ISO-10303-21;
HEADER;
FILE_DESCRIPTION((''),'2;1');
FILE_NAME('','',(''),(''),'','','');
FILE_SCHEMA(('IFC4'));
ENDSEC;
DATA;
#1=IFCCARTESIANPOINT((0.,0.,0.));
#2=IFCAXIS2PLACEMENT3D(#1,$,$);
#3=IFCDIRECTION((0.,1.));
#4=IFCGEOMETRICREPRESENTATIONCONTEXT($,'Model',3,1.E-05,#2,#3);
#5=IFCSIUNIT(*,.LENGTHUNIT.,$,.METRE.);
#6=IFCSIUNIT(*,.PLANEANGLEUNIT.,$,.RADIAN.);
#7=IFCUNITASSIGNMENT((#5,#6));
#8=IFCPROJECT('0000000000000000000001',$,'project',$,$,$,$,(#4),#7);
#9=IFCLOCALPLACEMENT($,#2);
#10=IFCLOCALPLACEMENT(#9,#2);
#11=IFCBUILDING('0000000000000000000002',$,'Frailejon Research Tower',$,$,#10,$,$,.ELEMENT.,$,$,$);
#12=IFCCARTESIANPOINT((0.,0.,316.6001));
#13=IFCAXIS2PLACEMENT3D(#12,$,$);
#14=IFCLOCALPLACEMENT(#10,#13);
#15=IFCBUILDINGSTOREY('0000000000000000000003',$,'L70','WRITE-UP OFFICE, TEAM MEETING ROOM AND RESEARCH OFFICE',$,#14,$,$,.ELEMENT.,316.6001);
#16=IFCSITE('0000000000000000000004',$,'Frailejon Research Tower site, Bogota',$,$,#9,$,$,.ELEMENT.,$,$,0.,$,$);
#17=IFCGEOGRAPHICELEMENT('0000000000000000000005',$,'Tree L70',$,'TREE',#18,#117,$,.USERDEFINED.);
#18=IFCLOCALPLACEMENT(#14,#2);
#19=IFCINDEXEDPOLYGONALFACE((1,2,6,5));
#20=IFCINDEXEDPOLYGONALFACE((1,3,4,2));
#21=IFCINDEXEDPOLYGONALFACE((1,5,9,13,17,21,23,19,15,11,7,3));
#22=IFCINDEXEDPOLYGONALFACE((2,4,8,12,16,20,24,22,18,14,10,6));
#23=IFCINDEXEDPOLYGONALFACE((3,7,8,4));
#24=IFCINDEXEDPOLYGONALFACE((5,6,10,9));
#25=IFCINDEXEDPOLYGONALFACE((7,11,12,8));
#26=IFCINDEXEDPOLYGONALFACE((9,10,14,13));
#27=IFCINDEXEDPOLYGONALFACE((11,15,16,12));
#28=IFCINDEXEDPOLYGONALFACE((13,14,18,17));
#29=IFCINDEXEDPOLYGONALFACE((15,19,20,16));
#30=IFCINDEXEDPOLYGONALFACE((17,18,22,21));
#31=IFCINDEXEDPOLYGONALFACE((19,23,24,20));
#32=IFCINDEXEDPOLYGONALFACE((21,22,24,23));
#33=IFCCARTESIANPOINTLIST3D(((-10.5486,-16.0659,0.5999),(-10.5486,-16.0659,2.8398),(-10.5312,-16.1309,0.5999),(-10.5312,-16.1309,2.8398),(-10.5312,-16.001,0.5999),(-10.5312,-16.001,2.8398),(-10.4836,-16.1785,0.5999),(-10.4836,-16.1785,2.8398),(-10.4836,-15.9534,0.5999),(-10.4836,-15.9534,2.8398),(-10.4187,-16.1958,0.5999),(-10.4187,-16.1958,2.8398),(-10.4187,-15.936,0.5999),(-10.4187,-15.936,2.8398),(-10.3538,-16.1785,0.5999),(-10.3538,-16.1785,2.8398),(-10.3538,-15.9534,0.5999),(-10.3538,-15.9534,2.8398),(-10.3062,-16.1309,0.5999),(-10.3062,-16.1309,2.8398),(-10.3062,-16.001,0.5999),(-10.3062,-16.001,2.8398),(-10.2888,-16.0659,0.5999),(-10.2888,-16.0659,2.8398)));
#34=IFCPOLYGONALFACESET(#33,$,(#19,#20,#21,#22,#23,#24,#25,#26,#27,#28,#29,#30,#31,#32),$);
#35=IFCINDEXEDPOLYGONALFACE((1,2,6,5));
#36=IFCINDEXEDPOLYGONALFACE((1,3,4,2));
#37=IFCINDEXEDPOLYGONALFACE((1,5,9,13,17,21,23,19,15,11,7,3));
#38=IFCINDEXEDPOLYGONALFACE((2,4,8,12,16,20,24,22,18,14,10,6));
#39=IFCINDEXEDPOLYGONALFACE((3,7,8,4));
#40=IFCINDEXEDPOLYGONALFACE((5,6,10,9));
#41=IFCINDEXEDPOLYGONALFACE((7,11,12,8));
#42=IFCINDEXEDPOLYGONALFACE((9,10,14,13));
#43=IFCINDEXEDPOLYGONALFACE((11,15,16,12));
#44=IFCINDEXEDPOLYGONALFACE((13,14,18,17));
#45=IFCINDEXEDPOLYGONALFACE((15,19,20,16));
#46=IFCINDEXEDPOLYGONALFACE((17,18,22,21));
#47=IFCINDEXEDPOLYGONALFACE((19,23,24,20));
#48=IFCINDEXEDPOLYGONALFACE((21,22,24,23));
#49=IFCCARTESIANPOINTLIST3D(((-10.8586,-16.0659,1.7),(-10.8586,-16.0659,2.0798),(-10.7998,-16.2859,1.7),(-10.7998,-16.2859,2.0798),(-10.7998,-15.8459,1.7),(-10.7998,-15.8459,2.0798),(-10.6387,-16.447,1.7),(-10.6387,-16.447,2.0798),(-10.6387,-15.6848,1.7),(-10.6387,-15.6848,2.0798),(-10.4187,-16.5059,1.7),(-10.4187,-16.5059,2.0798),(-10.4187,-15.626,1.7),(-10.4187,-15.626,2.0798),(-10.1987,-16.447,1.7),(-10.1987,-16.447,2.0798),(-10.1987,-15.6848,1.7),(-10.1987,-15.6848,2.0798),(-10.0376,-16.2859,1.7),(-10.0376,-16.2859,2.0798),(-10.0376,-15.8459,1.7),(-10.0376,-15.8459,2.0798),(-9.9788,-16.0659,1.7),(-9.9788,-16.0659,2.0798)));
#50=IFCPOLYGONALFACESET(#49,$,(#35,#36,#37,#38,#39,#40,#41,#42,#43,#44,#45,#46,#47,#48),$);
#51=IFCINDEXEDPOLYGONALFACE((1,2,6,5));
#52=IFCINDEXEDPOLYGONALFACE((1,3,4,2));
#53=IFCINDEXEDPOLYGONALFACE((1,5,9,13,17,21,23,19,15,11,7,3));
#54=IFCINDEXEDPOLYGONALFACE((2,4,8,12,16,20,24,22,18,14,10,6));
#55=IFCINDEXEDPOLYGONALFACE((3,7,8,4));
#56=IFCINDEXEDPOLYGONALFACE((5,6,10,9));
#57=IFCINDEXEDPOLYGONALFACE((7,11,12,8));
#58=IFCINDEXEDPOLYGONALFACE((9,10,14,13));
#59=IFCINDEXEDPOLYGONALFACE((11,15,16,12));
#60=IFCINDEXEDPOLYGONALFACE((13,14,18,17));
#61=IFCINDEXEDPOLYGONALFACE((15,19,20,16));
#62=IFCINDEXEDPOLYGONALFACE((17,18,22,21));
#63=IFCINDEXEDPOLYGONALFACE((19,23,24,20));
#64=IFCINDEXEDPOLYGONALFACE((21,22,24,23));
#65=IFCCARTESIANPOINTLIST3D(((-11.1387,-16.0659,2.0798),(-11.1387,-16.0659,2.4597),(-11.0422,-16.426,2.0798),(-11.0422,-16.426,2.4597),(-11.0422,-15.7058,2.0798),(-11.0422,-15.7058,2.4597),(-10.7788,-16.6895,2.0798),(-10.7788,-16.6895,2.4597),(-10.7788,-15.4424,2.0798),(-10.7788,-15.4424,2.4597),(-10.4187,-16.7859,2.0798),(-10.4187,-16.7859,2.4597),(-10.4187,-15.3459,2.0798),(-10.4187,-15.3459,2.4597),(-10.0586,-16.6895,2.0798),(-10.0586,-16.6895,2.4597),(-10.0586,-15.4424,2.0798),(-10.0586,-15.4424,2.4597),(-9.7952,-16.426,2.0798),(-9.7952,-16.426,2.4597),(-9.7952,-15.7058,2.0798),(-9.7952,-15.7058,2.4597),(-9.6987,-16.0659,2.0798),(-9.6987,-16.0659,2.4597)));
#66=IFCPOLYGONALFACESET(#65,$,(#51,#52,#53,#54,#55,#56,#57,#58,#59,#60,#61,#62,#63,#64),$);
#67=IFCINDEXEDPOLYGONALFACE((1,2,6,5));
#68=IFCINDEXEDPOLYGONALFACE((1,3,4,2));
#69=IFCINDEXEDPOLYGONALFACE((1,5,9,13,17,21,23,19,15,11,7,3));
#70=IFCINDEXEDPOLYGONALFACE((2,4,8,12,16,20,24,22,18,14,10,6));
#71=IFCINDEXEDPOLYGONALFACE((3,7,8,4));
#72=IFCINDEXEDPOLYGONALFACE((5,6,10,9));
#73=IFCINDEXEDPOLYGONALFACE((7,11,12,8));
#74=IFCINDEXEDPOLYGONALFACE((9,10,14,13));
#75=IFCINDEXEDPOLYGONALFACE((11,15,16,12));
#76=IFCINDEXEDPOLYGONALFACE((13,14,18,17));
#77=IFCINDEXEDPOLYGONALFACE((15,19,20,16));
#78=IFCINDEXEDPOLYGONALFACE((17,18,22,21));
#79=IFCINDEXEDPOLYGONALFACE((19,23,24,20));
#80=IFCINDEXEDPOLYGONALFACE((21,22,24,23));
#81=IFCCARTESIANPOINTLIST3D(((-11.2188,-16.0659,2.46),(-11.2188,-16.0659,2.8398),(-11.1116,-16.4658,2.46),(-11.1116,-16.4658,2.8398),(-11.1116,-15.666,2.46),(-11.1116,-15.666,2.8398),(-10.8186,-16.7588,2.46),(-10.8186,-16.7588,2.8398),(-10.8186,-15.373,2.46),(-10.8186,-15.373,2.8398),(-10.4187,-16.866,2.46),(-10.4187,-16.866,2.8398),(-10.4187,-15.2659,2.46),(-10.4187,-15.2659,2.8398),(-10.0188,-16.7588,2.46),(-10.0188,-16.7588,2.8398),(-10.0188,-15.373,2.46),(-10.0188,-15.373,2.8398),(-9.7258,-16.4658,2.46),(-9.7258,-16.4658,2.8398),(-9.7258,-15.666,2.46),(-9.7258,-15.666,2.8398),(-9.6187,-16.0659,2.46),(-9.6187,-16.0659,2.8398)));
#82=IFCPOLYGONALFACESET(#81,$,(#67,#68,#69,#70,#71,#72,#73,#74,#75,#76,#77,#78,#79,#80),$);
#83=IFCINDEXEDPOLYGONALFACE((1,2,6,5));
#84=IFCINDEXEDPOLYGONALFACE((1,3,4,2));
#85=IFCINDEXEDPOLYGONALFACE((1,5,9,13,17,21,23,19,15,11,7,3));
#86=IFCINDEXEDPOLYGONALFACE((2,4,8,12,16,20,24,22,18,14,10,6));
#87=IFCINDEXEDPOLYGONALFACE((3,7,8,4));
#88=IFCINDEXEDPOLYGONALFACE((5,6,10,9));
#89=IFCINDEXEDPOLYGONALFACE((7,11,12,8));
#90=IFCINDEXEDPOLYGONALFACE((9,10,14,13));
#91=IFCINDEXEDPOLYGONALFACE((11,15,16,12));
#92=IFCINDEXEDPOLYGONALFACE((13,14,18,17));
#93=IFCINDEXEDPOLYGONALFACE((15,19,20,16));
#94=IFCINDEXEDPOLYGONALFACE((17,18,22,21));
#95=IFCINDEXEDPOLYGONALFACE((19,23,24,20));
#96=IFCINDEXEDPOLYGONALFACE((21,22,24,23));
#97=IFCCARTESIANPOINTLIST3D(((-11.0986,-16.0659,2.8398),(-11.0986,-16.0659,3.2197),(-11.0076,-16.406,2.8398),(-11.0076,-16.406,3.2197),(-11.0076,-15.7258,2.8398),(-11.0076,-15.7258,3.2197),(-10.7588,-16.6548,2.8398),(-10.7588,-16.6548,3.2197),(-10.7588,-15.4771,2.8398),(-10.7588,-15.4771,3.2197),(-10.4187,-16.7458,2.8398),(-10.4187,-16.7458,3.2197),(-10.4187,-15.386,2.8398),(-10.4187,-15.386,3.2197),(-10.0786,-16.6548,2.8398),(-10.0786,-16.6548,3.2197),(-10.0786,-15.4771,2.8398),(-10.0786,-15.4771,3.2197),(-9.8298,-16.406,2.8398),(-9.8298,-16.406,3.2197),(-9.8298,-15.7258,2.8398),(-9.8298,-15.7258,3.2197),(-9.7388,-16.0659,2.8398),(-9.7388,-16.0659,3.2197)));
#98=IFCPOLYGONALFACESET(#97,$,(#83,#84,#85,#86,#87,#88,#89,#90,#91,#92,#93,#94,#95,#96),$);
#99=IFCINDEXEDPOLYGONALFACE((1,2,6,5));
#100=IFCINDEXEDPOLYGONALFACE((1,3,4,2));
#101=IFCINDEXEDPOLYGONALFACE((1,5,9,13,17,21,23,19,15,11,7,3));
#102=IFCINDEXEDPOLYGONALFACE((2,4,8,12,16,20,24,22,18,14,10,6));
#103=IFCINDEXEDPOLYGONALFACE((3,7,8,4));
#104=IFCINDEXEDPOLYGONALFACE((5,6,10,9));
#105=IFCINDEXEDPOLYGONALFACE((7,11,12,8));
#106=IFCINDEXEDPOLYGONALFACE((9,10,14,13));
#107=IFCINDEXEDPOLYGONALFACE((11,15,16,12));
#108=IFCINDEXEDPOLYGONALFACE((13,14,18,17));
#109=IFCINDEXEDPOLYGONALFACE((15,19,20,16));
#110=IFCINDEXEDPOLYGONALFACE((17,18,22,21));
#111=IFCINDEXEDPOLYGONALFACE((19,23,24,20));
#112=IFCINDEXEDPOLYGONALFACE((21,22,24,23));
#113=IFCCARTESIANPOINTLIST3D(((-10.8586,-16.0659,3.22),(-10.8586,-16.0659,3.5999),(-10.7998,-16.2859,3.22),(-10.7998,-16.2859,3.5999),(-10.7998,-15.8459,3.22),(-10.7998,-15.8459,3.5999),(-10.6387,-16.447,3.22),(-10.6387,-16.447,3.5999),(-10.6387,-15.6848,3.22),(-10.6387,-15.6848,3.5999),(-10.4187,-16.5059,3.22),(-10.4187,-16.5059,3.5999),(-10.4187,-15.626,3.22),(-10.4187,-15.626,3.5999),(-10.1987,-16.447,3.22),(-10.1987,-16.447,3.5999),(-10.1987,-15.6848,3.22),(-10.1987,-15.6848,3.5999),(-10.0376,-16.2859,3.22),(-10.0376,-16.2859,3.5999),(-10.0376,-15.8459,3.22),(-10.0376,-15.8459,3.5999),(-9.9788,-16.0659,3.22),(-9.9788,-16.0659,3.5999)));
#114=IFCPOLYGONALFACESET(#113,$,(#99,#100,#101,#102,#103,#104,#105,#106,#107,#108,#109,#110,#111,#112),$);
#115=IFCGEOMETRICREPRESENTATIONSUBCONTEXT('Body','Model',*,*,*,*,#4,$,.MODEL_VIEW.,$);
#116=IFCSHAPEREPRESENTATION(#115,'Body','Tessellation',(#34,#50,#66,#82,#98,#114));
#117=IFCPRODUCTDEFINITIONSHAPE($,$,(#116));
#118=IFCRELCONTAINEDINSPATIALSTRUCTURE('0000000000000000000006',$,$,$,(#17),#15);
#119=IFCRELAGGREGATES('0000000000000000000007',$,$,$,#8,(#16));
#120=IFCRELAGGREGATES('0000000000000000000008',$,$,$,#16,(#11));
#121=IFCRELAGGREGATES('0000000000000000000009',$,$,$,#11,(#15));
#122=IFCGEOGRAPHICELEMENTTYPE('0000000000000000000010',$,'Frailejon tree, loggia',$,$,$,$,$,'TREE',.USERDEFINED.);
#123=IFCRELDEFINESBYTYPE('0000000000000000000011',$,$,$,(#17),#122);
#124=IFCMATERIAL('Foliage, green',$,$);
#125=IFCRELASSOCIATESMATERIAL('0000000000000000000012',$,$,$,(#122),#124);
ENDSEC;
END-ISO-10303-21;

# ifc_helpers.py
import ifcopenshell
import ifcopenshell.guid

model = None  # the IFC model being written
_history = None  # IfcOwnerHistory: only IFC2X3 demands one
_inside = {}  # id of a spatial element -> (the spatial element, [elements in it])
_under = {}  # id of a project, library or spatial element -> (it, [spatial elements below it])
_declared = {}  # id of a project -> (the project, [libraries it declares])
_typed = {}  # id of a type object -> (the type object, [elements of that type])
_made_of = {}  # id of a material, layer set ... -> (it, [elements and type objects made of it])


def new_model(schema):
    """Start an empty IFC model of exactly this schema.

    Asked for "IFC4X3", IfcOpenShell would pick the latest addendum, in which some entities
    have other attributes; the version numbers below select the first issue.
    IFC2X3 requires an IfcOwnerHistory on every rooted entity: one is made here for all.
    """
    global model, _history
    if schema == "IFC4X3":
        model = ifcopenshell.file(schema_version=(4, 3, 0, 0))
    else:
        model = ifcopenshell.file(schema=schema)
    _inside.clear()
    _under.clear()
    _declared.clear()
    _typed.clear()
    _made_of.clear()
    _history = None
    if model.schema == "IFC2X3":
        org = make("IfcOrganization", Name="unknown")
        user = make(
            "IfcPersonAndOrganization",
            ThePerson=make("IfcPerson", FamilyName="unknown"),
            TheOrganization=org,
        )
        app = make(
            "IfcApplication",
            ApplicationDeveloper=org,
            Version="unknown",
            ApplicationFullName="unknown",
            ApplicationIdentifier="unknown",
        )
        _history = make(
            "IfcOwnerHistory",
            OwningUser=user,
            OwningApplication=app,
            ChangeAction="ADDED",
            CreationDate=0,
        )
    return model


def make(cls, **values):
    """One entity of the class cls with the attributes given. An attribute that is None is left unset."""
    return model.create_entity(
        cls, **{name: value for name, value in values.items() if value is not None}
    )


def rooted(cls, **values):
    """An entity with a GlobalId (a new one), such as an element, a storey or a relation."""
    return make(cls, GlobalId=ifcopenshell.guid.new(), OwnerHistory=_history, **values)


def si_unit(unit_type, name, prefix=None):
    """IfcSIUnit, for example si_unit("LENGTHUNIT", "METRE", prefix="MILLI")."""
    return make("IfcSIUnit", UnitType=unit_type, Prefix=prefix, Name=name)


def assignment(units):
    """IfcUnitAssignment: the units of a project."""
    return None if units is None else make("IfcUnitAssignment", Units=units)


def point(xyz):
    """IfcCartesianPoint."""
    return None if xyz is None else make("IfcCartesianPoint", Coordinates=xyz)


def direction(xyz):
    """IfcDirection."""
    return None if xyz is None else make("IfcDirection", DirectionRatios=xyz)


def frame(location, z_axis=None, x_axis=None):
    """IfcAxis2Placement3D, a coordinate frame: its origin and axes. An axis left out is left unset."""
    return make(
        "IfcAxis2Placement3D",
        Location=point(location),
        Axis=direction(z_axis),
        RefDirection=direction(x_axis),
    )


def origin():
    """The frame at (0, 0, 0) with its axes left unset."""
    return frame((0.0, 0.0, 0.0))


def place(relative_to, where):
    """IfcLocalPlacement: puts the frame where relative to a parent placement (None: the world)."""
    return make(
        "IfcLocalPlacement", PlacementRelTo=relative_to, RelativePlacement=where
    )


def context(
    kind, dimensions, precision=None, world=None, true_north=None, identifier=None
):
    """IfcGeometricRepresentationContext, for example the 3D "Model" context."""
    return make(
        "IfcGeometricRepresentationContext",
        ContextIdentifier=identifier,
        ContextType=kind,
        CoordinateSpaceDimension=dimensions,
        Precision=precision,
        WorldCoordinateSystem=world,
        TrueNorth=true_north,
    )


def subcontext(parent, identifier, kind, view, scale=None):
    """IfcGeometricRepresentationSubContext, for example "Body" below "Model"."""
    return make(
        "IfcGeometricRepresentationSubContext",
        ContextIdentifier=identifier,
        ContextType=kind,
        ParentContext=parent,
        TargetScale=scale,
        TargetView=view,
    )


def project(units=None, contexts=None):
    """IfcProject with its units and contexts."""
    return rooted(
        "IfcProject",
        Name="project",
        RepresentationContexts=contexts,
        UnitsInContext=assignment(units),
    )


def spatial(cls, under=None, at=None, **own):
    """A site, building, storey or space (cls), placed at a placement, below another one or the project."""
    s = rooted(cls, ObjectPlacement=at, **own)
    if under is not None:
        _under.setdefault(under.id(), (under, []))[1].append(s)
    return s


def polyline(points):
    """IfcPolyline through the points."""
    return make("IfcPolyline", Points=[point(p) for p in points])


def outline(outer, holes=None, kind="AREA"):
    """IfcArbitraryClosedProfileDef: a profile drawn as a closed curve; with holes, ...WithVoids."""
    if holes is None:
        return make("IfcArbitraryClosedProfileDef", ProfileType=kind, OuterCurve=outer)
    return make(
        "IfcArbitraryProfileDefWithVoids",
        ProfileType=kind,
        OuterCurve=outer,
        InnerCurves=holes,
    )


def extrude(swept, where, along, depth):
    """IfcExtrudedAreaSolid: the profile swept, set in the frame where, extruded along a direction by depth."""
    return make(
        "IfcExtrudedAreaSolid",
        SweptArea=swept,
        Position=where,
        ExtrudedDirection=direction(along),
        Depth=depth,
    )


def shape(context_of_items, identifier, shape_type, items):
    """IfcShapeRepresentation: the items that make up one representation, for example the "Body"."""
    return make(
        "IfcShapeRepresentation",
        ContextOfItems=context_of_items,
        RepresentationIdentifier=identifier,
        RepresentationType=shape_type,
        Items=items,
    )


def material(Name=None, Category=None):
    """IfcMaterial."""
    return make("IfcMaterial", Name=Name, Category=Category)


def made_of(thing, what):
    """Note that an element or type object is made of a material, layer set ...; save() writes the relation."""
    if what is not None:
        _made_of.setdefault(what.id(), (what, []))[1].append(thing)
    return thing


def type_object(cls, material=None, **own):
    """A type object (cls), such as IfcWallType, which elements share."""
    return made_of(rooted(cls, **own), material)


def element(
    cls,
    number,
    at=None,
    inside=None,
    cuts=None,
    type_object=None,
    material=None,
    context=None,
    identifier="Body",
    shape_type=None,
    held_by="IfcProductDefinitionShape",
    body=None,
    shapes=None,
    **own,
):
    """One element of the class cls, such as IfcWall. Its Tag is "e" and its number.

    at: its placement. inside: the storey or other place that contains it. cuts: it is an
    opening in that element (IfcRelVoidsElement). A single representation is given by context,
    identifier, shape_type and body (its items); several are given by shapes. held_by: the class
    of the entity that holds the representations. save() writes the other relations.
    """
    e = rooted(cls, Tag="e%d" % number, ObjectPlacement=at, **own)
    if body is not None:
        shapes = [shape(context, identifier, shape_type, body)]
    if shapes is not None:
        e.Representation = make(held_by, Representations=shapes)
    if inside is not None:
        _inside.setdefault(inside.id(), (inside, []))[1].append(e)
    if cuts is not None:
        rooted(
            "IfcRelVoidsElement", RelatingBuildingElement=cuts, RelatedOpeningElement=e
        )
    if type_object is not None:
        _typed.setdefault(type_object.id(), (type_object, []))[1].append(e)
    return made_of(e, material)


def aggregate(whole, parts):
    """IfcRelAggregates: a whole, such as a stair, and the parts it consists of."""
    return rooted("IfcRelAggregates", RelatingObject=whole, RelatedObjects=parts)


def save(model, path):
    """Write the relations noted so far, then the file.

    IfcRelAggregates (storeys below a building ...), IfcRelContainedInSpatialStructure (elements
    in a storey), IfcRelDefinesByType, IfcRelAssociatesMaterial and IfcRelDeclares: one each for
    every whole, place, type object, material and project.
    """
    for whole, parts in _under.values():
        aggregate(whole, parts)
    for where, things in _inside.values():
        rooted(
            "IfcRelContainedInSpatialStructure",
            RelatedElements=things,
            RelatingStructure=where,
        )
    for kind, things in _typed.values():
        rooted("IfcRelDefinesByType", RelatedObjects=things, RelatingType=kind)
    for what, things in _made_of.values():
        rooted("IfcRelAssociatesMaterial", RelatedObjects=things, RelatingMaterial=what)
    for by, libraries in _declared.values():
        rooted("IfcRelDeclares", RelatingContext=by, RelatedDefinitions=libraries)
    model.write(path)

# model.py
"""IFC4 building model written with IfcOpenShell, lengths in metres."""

from ifc_helpers import new_model, si_unit, direction, frame, origin, place, context, subcontext, project, spatial, polyline, outline, extrude, material, type_object, element, save


model = new_model("IFC4")

# Units and contexts
model_context = context("Model", 3, precision=1e-05, world=origin(), true_north=direction((0.0, 1.0)))
body_context = subcontext(model_context, "Body", "Model", "MODEL_VIEW")
ifc_project = project(units=[si_unit("LENGTHUNIT", "METRE"), si_unit("PLANEANGLEUNIT", "RADIAN")], contexts=[model_context])

# Site, building, storey
site_placement = place(None, origin())
site = spatial("IfcSite", under=ifc_project, at=site_placement, Name="Frailejon Research Tower site, Bogota", CompositionType="ELEMENT", RefElevation=0.0)
building_placement = place(site_placement, origin())
building = spatial("IfcBuilding", under=site, at=building_placement, Name="Frailejon Research Tower", CompositionType="ELEMENT")
storey_placement = place(building_placement, frame((0.0, 0.0, 316.6001)))
storey = spatial("IfcBuildingStorey", under=building, at=storey_placement, Name="L70", Description="WRITE-UP OFFICE, TEAM MEETING ROOM AND RESEARCH OFFICE", CompositionType="ELEMENT", Elevation=316.6001)

# Geographic element
ifc_material_1 = material(Name="Foliage, green")
geographic_element_type = type_object("IfcGeographicElementType", Name="Frailejon tree, loggia", ElementType="TREE", PredefinedType="USERDEFINED", material=ifc_material_1)
geographic_element_placement = place(storey_placement, frame((-10.4187, -16.0659, 0.5999)))
element("IfcGeographicElement", 1, at=geographic_element_placement, inside=storey, type_object=geographic_element_type, Name="Tree L70", ObjectType="TREE", PredefinedType="USERDEFINED", context=body_context, shape_type="SweptSolid", body=[
    extrude(outline(polyline([(0.1299, 0.0), (0.1125, 0.0649), (0.0649, 0.1125), (0.0, 0.1299), (-0.0649, 0.1125), (-0.1125, 0.0649), (-0.1299, 0.0), (-0.1125, -0.0649), (-0.0649, -0.1125), (0.0, -0.1299), (0.0649, -0.1125), (0.1125, -0.0649), (0.1299, 0.0)])), origin(), (0.0, 0.0, 1.0), 2.24),
    extrude(outline(polyline([(0.4399, 0.0), (0.3811, 0.22), (0.22, 0.3811), (0.0, 0.4399), (-0.22, 0.3811), (-0.3811, 0.22), (-0.4399, 0.0), (-0.3811, -0.22), (-0.22, -0.3811), (0.0, -0.4399), (0.22, -0.3811), (0.3811, -0.22), (0.4399, 0.0)])), frame((0.0, 0.0, 1.1001)), (0.0, 0.0, 1.0), 0.3799),
    extrude(outline(polyline([(0.72, 0.0), (0.6235, 0.3601), (0.3601, 0.6235), (0.0, 0.72), (-0.3601, 0.6235), (-0.6235, 0.3601), (-0.72, 0.0), (-0.6235, -0.3601), (-0.3601, -0.6235), (0.0, -0.72), (0.3601, -0.6235), (0.6235, -0.3601), (0.72, 0.0)])), frame((0.0, 0.0, 1.48)), (0.0, 0.0, 1.0), 0.3799),
    extrude(outline(polyline([(0.8, 0.0), (0.6929, 0.3999), (0.3999, 0.6929), (0.0, 0.8), (-0.3999, 0.6929), (-0.6929, 0.3999), (-0.8, 0.0), (-0.6929, -0.3999), (-0.3999, -0.6929), (0.0, -0.8), (0.3999, -0.6929), (0.6929, -0.3999), (0.8, 0.0)])), frame((0.0, 0.0, 1.8601)), (0.0, 0.0, 1.0), 0.3799),
    extrude(outline(polyline([(0.6799, 0.0), (0.5889, 0.3401), (0.3401, 0.5889), (0.0, 0.6799), (-0.3401, 0.5889), (-0.5889, 0.3401), (-0.6799, 0.0), (-0.5889, -0.3401), (-0.3401, -0.5889), (0.0, -0.6799), (0.3401, -0.5889), (0.5889, -0.3401), (0.6799, 0.0)])), frame((0.0, 0.0, 2.24)), (0.0, 0.0, 1.0), 0.3799),
    extrude(outline(polyline([(0.4399, 0.0), (0.3811, 0.22), (0.22, 0.3811), (0.0, 0.4399), (-0.22, 0.3811), (-0.3811, 0.22), (-0.4399, 0.0), (-0.3811, -0.22), (-0.22, -0.3811), (0.0, -0.4399), (0.22, -0.3811), (0.3811, -0.22), (0.4399, 0.0)])), frame((0.0, 0.0, 2.6201)), (0.0, 0.0, 1.0), 0.3799),
])

save(model, "model.ifc")
